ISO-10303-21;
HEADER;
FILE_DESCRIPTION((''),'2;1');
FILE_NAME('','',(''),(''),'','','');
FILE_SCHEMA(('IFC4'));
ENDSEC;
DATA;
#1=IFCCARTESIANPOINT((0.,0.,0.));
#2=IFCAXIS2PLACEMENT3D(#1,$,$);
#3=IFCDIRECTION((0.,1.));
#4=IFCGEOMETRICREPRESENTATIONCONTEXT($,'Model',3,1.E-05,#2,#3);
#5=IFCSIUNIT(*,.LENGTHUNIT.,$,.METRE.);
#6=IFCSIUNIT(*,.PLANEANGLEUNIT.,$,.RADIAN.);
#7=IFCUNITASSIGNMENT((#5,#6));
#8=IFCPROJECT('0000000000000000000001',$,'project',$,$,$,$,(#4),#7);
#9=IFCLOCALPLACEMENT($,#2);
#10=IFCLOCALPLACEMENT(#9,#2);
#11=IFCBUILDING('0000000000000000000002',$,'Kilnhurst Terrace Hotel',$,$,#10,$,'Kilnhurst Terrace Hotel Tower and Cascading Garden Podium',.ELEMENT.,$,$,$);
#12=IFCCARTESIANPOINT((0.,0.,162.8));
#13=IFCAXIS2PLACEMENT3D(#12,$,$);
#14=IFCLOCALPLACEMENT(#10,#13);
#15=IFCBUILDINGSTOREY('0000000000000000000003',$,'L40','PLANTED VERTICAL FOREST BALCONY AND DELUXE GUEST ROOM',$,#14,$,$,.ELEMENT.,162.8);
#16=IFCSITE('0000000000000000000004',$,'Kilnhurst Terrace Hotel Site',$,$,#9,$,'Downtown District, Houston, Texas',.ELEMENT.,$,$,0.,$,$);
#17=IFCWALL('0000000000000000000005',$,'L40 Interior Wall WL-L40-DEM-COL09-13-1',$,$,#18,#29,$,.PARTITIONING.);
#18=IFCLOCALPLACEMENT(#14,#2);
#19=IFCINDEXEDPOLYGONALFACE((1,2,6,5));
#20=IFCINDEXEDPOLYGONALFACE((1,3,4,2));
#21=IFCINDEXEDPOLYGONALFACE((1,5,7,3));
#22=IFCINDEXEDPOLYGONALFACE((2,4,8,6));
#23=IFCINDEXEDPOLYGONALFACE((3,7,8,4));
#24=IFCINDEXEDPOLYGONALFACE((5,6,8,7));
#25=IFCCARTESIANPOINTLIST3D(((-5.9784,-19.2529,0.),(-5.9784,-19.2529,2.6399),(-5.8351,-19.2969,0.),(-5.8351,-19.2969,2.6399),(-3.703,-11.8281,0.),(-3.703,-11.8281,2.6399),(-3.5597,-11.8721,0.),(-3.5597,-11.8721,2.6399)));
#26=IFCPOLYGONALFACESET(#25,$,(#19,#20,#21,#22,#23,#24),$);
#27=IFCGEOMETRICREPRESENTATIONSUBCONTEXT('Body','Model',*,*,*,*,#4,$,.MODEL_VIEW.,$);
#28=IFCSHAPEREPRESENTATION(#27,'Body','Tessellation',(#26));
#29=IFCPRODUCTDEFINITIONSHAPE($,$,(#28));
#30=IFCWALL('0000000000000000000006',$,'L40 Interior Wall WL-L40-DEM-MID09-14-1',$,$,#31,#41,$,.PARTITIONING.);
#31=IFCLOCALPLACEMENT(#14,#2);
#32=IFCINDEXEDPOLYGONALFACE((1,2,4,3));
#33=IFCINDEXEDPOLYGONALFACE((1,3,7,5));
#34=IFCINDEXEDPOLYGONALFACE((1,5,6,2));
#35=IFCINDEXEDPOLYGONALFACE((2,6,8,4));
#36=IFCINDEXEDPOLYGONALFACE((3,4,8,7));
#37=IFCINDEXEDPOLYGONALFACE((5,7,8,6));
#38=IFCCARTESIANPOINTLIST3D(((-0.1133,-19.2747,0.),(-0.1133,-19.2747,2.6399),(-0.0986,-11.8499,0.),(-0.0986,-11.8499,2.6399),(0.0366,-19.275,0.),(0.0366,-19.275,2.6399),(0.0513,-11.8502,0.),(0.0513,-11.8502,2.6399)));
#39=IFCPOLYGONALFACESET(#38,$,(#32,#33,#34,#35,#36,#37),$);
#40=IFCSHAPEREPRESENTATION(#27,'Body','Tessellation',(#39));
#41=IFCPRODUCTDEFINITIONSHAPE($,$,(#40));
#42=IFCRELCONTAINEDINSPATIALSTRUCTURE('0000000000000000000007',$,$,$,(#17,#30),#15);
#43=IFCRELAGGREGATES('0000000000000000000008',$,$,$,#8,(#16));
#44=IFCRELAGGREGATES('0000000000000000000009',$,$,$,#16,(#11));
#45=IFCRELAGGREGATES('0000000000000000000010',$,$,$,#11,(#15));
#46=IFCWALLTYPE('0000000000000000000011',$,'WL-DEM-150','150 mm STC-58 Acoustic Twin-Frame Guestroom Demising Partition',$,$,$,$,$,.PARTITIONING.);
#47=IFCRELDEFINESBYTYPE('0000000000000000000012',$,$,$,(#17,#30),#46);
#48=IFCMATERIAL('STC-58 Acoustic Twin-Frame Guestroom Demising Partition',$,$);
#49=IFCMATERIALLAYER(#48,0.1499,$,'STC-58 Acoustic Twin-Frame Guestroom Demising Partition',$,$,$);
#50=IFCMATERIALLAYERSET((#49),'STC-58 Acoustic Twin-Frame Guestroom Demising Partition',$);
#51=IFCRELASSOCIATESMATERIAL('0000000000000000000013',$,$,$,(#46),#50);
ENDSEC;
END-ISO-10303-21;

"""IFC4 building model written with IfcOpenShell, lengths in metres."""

from ifc_helpers import new_model, si_unit, direction, frame, frame_2d, origin, place, context, subcontext, project, spatial, rectangle, extrude, material, layer, layer_set, type_object, element, save


model = new_model("IFC4")

# Units and contexts
model_context = context("Model", 3, precision=1e-05, world=origin(), true_north=direction((0.0, 1.0)))
body_context = subcontext(model_context, "Body", "Model", "MODEL_VIEW")
ifc_project = project(units=[si_unit("LENGTHUNIT", "METRE"), si_unit("PLANEANGLEUNIT", "RADIAN")], contexts=[model_context])

# Site, building, storey
site_placement = place(None, origin())
site = spatial("IfcSite", under=ifc_project, at=site_placement, Name="Kilnhurst Terrace Hotel Site", LongName="Downtown District, Houston, Texas", CompositionType="ELEMENT", RefElevation=0.0)
building_placement = place(site_placement, origin())
building = spatial("IfcBuilding", under=site, at=building_placement, Name="Kilnhurst Terrace Hotel", LongName="Kilnhurst Terrace Hotel Tower and Cascading Garden Podium", CompositionType="ELEMENT")
storey_placement = place(building_placement, frame((0.0, 0.0, 162.8)))
storey = spatial("IfcBuildingStorey", under=building, at=storey_placement, Name="L40", Description="PLANTED VERTICAL FOREST BALCONY AND DELUXE GUEST ROOM", CompositionType="ELEMENT", Elevation=162.8)

# Walls
ifc_material_1 = material(Name="STC-58 Acoustic Twin-Frame Guestroom Demising Partition")
ifc_layer_1 = layer(ifc_material_1, 0.1499, Name="STC-58 Acoustic Twin-Frame Guestroom Demising Partition")
ifc_layer_set_1 = layer_set([ifc_layer_1], Name="STC-58 Acoustic Twin-Frame Guestroom Demising Partition")
wall_type_1 = type_object("IfcWallType", Name="WL-DEM-150", Description="150 mm STC-58 Acoustic Twin-Frame Guestroom Demising Partition", PredefinedType="PARTITIONING", material=ifc_layer_set_1)
wall_1_placement = place(storey_placement, frame((-3.6313, -11.8501, 0.0), z_axis=(0.0, 0.0, 1.0), x_axis=(-0.293008, -0.95611, 0.0)))
element("IfcWall", 1, at=wall_1_placement, inside=storey, type_object=wall_type_1, Name="L40 Interior Wall WL-L40-DEM-COL09-13-1", PredefinedType="PARTITIONING", context=body_context, shape_type="SweptSolid", body=[
    extrude(rectangle(XDim=7.7656, YDim=0.1499, at=frame_2d((3.8828, 0.0))), origin(), (0.0, 0.0, 1.0), 2.6399),
])
wall_2_placement = place(storey_placement, frame((-0.0237, -11.8501, 0.0), z_axis=(0.0, 0.0, 1.0), x_axis=(-0.001973, -0.999998, 0.0)))
element("IfcWall", 2, at=wall_2_placement, inside=storey, type_object=wall_type_1, Name="L40 Interior Wall WL-L40-DEM-MID09-14-1", PredefinedType="PARTITIONING", context=body_context, shape_type="SweptSolid", body=[
    extrude(rectangle(XDim=7.4248, YDim=0.1499, at=frame_2d((3.7124, 0.0))), origin(), (0.0, 0.0, 1.0), 2.6399),
])

save(model, "model.ifc")
